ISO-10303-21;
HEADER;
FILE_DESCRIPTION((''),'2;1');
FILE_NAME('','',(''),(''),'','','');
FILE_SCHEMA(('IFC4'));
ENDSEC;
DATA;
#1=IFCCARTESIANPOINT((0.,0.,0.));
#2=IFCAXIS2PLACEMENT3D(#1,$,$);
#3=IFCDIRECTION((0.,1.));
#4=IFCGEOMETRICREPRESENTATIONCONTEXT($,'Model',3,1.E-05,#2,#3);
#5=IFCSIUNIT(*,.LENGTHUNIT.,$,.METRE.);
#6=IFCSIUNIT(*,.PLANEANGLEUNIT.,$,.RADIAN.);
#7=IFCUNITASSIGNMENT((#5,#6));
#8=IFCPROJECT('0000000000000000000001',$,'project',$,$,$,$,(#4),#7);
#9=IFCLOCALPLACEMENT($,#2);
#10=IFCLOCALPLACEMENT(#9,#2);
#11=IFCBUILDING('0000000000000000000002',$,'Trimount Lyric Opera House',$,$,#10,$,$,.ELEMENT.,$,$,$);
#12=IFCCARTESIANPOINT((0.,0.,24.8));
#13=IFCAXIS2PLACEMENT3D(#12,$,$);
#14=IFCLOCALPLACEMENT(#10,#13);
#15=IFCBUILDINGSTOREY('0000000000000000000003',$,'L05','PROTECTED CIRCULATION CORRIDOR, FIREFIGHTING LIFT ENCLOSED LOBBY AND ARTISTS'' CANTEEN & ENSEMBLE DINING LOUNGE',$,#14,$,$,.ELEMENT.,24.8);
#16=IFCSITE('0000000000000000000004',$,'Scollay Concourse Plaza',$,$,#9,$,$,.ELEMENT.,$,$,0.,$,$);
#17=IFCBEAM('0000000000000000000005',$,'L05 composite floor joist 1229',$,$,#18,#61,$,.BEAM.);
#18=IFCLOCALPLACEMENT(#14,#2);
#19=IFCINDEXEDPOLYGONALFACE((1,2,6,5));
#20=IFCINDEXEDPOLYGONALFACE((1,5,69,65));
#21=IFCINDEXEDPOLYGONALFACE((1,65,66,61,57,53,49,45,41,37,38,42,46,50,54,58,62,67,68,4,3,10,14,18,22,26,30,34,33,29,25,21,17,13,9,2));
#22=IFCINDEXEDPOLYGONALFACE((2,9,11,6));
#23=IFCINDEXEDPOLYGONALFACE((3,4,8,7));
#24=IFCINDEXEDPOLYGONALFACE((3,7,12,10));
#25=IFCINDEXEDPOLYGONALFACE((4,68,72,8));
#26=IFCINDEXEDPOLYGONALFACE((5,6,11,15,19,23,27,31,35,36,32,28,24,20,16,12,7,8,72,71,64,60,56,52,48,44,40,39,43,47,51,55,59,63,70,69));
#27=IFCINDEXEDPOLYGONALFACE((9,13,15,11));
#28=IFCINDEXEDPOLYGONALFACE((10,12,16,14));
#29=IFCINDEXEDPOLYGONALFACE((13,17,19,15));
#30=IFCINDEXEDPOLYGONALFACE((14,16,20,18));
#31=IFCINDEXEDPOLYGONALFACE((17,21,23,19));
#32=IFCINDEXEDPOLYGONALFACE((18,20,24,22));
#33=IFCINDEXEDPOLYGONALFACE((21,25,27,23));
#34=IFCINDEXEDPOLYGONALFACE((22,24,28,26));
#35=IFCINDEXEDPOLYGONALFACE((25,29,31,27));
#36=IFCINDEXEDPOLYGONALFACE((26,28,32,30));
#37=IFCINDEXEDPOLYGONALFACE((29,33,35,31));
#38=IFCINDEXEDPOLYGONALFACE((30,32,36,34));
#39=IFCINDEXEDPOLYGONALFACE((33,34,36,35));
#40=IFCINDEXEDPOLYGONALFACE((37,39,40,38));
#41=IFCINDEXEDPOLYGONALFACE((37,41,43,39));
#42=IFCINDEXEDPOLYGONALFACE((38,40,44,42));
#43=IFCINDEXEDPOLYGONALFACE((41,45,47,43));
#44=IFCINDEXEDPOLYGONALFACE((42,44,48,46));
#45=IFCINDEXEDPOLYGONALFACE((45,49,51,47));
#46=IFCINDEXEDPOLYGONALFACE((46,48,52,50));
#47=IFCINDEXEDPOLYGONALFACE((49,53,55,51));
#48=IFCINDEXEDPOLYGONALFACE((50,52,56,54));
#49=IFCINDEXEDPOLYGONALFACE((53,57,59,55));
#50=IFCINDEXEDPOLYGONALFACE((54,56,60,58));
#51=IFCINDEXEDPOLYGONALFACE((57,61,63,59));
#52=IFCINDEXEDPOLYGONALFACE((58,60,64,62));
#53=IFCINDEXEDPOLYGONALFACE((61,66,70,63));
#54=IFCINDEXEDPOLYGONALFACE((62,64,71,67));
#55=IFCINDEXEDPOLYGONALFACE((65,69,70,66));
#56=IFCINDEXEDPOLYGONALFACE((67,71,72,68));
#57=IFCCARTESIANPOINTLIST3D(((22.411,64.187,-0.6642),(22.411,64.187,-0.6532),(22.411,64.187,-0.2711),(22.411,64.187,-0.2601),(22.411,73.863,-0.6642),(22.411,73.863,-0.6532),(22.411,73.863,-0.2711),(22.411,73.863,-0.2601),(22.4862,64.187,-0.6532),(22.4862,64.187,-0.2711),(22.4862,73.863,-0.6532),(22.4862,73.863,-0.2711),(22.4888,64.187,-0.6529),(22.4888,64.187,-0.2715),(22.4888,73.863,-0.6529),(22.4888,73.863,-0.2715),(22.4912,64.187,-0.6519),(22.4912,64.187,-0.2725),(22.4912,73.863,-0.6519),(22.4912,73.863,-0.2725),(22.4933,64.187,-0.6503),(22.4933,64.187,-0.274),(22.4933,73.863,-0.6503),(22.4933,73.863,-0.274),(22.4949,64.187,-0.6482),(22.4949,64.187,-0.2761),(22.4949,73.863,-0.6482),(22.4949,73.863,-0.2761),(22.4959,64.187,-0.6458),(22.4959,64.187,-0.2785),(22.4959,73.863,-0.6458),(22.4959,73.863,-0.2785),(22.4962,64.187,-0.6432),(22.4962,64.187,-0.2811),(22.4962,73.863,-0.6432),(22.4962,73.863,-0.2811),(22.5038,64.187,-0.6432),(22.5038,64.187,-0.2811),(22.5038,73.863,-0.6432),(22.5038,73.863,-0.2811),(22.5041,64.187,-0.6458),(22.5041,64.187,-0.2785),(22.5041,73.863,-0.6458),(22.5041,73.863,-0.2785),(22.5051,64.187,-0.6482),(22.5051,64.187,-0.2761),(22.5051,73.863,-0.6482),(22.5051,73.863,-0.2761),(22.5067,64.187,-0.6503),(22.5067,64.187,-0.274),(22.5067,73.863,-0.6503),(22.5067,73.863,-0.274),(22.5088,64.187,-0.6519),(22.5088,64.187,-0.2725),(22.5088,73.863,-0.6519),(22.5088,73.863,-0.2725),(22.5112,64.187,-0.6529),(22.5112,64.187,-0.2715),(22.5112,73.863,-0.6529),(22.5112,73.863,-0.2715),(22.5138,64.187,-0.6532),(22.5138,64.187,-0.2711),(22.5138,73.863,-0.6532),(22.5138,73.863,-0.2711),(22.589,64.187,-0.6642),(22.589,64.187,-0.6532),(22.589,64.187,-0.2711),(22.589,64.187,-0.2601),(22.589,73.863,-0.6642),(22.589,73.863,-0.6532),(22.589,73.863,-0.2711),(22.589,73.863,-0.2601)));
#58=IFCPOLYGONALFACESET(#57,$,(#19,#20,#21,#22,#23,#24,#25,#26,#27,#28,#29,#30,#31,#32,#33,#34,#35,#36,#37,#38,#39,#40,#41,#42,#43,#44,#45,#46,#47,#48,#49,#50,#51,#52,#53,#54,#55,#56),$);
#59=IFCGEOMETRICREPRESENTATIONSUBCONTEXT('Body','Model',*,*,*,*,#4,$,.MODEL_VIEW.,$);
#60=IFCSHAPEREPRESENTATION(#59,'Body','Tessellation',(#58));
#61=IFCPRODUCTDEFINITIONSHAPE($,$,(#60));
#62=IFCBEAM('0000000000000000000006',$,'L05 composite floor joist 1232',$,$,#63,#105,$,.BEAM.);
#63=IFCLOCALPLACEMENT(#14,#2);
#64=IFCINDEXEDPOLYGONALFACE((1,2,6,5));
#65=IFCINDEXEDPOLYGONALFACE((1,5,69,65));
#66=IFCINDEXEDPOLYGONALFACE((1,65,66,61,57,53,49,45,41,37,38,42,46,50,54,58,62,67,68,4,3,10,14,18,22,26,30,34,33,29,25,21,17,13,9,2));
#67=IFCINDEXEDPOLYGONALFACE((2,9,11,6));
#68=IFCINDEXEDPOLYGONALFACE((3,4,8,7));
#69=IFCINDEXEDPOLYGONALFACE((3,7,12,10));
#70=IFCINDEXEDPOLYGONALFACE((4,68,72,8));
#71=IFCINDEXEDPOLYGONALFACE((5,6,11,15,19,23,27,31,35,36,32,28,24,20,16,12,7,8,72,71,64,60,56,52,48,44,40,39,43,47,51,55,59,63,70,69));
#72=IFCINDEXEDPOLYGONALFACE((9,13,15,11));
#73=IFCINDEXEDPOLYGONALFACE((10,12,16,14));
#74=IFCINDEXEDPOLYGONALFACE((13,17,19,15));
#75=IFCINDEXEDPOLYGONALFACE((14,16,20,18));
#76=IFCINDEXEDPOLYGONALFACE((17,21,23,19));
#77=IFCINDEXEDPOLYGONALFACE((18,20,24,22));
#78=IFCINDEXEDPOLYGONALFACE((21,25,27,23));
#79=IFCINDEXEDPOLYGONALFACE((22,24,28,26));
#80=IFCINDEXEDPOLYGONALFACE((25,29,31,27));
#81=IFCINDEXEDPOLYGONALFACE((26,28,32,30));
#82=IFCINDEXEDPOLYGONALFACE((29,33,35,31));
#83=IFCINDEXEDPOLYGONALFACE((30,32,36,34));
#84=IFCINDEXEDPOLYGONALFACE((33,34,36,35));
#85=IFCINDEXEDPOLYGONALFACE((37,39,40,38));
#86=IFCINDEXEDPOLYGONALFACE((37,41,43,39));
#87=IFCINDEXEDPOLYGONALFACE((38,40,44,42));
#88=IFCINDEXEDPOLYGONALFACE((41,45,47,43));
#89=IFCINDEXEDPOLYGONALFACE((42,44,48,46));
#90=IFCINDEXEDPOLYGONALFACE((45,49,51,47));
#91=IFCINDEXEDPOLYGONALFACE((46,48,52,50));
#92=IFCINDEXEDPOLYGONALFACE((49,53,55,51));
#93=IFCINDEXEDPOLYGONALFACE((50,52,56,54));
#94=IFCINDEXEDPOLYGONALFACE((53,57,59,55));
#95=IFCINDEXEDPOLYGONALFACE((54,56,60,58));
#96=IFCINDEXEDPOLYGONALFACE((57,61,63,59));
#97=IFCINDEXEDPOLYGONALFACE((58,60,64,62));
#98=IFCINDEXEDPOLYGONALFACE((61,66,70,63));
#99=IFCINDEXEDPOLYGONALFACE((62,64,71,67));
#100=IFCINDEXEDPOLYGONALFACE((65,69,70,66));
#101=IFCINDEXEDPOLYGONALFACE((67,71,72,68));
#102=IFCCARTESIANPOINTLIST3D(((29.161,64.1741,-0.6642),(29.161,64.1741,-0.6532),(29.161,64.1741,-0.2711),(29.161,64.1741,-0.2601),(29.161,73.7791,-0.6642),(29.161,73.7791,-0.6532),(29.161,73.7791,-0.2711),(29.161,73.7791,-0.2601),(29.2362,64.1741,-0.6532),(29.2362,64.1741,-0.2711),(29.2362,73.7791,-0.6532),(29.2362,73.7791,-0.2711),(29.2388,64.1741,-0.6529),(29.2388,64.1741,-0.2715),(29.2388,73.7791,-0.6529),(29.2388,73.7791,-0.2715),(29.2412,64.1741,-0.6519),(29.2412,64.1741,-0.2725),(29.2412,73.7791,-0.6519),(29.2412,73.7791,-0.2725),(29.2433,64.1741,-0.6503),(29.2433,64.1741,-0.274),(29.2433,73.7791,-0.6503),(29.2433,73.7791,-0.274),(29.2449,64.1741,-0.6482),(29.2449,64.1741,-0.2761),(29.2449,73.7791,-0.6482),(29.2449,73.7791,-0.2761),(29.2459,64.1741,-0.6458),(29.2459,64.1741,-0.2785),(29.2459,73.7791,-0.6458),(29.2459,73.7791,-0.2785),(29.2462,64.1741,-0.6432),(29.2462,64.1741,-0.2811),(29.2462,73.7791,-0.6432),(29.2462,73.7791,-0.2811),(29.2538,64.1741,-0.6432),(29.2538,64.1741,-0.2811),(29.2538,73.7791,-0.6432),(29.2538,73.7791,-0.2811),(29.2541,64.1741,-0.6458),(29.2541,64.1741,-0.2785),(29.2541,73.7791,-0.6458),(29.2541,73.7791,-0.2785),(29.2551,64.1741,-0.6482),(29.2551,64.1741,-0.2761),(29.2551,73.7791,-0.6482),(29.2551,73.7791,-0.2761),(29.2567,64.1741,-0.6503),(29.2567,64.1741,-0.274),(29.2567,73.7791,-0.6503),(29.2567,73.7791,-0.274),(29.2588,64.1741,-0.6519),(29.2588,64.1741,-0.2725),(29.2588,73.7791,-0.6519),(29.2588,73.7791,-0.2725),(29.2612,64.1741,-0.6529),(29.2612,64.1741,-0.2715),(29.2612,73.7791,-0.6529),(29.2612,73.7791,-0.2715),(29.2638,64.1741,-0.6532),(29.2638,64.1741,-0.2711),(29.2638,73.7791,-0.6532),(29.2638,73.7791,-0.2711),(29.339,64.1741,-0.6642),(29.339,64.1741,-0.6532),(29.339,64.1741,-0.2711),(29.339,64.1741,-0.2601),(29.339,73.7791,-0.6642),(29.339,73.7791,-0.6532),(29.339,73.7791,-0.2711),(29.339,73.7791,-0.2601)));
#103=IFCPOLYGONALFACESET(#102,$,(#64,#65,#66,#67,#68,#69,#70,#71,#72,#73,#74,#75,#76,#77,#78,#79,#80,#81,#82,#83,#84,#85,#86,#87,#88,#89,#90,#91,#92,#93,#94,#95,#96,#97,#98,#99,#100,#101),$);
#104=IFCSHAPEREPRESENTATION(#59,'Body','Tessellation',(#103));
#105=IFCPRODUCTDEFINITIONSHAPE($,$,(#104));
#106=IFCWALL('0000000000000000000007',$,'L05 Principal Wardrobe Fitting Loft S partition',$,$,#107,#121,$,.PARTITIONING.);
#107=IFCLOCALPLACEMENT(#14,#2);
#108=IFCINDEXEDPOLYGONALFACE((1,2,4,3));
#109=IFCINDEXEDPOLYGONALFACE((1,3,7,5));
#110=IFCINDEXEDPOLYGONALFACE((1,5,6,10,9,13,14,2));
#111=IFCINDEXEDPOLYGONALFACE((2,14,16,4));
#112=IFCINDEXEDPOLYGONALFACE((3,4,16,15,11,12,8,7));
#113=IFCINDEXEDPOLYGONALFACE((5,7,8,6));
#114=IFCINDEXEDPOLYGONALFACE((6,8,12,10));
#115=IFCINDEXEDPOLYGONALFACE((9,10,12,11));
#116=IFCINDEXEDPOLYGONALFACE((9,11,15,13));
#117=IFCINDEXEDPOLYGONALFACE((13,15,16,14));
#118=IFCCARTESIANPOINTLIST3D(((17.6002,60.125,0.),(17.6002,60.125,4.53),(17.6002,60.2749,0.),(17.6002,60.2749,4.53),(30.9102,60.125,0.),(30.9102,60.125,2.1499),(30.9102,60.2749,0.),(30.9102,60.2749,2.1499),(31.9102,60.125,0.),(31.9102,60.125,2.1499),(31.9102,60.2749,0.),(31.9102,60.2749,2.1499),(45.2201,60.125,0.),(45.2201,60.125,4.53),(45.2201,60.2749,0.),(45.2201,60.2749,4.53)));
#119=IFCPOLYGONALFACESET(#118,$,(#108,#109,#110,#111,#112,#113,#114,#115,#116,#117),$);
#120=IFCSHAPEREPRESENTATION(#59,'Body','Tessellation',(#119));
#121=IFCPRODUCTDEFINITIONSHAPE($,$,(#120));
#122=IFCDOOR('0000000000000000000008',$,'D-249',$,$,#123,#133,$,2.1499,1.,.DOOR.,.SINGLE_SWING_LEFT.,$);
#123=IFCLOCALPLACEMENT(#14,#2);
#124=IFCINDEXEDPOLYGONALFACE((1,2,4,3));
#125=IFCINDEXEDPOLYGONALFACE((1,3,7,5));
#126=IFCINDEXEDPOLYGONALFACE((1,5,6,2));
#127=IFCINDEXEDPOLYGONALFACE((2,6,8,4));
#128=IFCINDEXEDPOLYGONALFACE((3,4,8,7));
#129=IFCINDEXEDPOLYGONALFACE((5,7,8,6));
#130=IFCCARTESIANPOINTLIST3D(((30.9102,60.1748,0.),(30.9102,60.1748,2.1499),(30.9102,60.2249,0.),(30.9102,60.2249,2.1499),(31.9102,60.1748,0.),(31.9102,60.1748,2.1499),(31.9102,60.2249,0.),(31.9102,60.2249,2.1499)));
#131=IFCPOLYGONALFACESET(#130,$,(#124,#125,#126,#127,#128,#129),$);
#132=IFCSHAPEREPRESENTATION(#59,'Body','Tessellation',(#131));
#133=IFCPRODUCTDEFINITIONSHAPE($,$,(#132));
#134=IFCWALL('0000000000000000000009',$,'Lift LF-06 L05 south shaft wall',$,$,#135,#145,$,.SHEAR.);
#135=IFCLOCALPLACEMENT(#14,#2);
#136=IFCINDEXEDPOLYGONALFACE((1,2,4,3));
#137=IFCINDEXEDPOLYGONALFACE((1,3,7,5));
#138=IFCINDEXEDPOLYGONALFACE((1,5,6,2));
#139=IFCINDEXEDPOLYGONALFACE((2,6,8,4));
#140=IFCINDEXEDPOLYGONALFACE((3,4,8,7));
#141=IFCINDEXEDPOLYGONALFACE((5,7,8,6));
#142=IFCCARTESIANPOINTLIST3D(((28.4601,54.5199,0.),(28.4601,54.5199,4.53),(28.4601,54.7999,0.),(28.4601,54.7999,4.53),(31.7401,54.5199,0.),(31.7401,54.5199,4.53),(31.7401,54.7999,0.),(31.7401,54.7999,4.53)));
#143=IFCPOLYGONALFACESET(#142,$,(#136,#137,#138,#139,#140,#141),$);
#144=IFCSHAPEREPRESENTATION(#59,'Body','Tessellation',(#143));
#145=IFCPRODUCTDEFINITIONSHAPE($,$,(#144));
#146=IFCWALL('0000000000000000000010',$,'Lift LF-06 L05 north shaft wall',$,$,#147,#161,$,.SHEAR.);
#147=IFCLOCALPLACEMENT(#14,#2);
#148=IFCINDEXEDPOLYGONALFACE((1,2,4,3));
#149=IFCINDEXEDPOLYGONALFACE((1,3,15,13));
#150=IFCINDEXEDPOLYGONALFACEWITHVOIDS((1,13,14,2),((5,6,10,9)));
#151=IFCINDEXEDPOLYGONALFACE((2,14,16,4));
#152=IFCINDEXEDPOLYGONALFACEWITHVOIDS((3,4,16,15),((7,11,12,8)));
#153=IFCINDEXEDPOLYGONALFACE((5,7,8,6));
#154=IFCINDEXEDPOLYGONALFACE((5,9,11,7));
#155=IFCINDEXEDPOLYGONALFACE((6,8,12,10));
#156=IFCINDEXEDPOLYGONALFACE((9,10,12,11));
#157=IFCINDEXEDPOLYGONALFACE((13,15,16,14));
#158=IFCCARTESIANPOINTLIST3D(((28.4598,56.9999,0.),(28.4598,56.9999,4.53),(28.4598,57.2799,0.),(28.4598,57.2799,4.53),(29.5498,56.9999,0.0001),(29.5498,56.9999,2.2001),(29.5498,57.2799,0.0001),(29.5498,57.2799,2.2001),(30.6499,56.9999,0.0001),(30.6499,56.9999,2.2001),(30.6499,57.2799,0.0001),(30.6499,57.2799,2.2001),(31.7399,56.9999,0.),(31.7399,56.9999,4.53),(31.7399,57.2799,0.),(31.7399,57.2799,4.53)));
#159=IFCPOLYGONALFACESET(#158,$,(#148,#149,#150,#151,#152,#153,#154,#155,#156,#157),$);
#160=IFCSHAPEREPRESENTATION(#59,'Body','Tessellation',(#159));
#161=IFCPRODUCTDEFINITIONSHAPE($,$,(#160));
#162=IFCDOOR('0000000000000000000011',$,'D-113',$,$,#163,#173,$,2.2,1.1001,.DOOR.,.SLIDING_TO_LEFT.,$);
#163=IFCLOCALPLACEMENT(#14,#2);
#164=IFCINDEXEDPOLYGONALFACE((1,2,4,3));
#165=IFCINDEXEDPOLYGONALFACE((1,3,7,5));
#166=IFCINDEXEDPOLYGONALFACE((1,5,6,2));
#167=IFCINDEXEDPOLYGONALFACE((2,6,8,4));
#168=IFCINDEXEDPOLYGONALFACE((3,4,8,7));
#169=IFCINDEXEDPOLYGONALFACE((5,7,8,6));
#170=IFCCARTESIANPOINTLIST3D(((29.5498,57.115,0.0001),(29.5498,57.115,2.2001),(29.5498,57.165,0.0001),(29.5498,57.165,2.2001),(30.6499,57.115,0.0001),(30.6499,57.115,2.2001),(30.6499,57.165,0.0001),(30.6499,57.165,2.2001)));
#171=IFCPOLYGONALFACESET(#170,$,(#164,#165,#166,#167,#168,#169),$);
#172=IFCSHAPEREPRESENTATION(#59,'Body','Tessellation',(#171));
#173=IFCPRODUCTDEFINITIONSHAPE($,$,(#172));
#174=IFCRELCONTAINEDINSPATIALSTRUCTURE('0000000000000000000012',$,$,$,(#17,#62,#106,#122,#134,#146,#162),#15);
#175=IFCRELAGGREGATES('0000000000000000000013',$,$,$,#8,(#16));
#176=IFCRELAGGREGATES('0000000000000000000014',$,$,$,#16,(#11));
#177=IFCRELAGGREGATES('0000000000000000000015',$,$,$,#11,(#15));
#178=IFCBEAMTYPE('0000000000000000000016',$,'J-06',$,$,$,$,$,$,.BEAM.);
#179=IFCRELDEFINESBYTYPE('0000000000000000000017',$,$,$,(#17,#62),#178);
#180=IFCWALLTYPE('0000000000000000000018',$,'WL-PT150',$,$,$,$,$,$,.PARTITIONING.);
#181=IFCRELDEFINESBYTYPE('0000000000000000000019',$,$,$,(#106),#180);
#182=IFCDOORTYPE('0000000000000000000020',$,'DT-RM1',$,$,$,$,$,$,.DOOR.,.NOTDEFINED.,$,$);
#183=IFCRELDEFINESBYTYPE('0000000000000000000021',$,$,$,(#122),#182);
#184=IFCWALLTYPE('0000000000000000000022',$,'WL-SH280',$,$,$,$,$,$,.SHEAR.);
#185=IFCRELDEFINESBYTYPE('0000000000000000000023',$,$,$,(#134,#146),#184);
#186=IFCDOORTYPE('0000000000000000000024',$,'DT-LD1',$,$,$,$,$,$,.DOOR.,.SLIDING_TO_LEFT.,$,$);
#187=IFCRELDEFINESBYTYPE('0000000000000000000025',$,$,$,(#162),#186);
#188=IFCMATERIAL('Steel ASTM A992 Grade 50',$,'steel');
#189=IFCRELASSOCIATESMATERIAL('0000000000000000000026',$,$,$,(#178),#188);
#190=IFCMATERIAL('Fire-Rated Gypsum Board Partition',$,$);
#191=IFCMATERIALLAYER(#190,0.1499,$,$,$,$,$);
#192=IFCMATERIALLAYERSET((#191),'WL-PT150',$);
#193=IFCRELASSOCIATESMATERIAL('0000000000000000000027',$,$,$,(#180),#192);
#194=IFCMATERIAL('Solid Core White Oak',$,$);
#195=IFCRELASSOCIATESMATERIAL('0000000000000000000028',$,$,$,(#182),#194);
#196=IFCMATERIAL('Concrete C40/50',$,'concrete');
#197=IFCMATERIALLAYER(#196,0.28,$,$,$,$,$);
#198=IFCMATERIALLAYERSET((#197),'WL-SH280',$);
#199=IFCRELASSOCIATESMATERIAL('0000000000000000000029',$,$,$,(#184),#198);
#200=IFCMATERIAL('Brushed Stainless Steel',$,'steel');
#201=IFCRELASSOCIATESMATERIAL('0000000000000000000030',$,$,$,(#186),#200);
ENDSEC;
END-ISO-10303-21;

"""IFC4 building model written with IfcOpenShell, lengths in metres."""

from ifc_helpers import new_model, si_unit, direction, frame, frame_2d, origin, origin_2d, place, context, subcontext, project, spatial, rectangle, i_section, extrude, material, layer, layer_set, material_profile, profile_set, type_object, element, fill, save


model = new_model("IFC4")

# Units and contexts
model_context = context("Model", 3, precision=1e-05, world=origin(), true_north=direction((0.0, 1.0)))
body_context = subcontext(model_context, "Body", "Model", "MODEL_VIEW")
ifc_project = project(units=[si_unit("LENGTHUNIT", "METRE"), si_unit("PLANEANGLEUNIT", "RADIAN")], contexts=[model_context])

# Site, building, storey
site_placement = place(None, origin())
site = spatial("IfcSite", under=ifc_project, at=site_placement, Name="Scollay Concourse Plaza", CompositionType="ELEMENT", RefElevation=0.0)
building_placement = place(site_placement, origin())
building = spatial("IfcBuilding", under=site, at=building_placement, Name="Trimount Lyric Opera House", CompositionType="ELEMENT")
storey_placement = place(building_placement, frame((0.0, 0.0, 24.8)))
storey = spatial("IfcBuildingStorey", under=building, at=storey_placement, Name="L05", Description="PROTECTED CIRCULATION CORRIDOR, FIREFIGHTING LIFT ENCLOSED LOBBY AND ARTISTS' CANTEEN & ENSEMBLE DINING LOUNGE", CompositionType="ELEMENT", Elevation=24.8)

# Beams
ifc_material_1 = material(Name="Steel ASTM A992 Grade 50", Category="steel")
ifc_material_profile_1 = material_profile(ifc_material_1, i_section(OverallWidth=0.178, OverallDepth=0.4041, WebThickness=0.0076, FlangeThickness=0.011, FilletRadius=0.01, at=origin_2d()), Name="W16X36")
ifc_profile_set_1 = profile_set([ifc_material_profile_1], Name="Steel ASTM A992 Grade 50")
beam_type_1 = type_object("IfcBeamType", Name="J-06", PredefinedType="BEAM", material=ifc_profile_set_1)
beam_1_placement = place(storey_placement, frame((22.5, 64.187, -0.4622), z_axis=(0.0, 1.0, 0.0), x_axis=(-1.0, 0.0, 0.0)))
element("IfcBeam", 1, at=beam_1_placement, inside=storey, type_object=beam_type_1, Name="L05 composite floor joist 1229", PredefinedType="BEAM", context=body_context, shape_type="SweptSolid", body=[
    extrude(i_section(OverallWidth=0.178, OverallDepth=0.4041, WebThickness=0.0076, FlangeThickness=0.011, FilletRadius=0.01, at=origin_2d()), origin(), (0.0, 0.0, 1.0), 9.676),
])
beam_2_placement = place(storey_placement, frame((29.25, 64.1741, -0.4622), z_axis=(0.0, 1.0, 0.0), x_axis=(-1.0, 0.0, 0.0)))
element("IfcBeam", 2, at=beam_2_placement, inside=storey, type_object=beam_type_1, Name="L05 composite floor joist 1232", PredefinedType="BEAM", context=body_context, shape_type="SweptSolid", body=[
    extrude(i_section(OverallWidth=0.178, OverallDepth=0.4041, WebThickness=0.0076, FlangeThickness=0.011, FilletRadius=0.01, at=origin_2d()), origin(), (0.0, 0.0, 1.0), 9.605),
])

# Wall, opening, door
ifc_material_2 = material(Name="Fire-Rated Gypsum Board Partition")
ifc_layer_1 = layer(ifc_material_2, 0.1499)
ifc_layer_set_1 = layer_set([ifc_layer_1], Name="WL-PT150")
wall_type_1 = type_object("IfcWallType", Name="WL-PT150", PredefinedType="PARTITIONING", material=ifc_layer_set_1)
wall_1_placement = place(storey_placement, frame((17.6001, 60.2, 0.0), z_axis=(0.0, 0.0, 1.0), x_axis=(1.0, 0.0, 0.0)))
wall_1 = element("IfcWall", 3, at=wall_1_placement, inside=storey, type_object=wall_type_1, Name="L05 Principal Wardrobe Fitting Loft S partition", PredefinedType="PARTITIONING", context=body_context, shape_type="SweptSolid", body=[
    extrude(rectangle(XDim=27.6199, YDim=0.1499, at=frame_2d((13.8101, 0.0))), origin(), (0.0, 0.0, 1.0), 4.53),
])
opening_1_placement = place(wall_1_placement, frame((13.3101, 0.0, 0.0)))
opening_1 = element("IfcOpeningElement", 4, at=opening_1_placement, cuts=wall_1, PredefinedType="OPENING", context=body_context, shape_type="SweptSolid", body=[
    extrude(rectangle(XDim=1.0, YDim=2.1499, at=frame_2d((0.5, 1.075))), frame((0.0, 0.085, 0.0), z_axis=(0.0, -1.0, 0.0), x_axis=(1.0, 0.0, 0.0)), (0.0, 0.0, 1.0), 0.1699),
])
ifc_material_3 = material(Name="Solid Core White Oak")
door_type_1 = type_object("IfcDoorType", Name="DT-RM1", OperationType="NOTDEFINED", PredefinedType="DOOR", material=ifc_material_3)
door_1_placement = place(opening_1_placement, origin())
door_1 = element("IfcDoor", 5, at=door_1_placement, inside=storey, type_object=door_type_1, Name="D-249", OperationType="SINGLE_SWING_LEFT", OverallHeight=2.1499, OverallWidth=1.0, PredefinedType="DOOR", context=body_context, shape_type="SweptSolid", body=[
    extrude(rectangle(XDim=1.0, YDim=2.1499, at=frame_2d((0.5, 1.075))), frame((0.0, 0.0249, 0.0), z_axis=(0.0, -1.0, 0.0), x_axis=(1.0, 0.0, 0.0)), (0.0, 0.0, 1.0), 0.05),
])
fill(opening_1, door_1)

# Wall
ifc_material_4 = material(Name="Concrete C40/50", Category="concrete")
ifc_layer_2 = layer(ifc_material_4, 0.28)
ifc_layer_set_2 = layer_set([ifc_layer_2], Name="WL-SH280")
wall_type_2 = type_object("IfcWallType", Name="WL-SH280", PredefinedType="SHEAR", material=ifc_layer_set_2)
wall_2_placement = place(storey_placement, frame((28.46, 54.6599, 0.0), z_axis=(0.0, 0.0, 1.0), x_axis=(1.0, 0.0, 0.0)))
element("IfcWall", 6, at=wall_2_placement, inside=storey, type_object=wall_type_2, Name="Lift LF-06 L05 south shaft wall", PredefinedType="SHEAR", context=body_context, shape_type="SweptSolid", body=[
    extrude(rectangle(XDim=3.28, YDim=0.28, at=frame_2d((1.6401, 0.0))), origin(), (0.0, 0.0, 1.0), 4.53),
])

# Wall, opening, door
wall_3_placement = place(storey_placement, frame((31.74, 57.1399, 0.0), z_axis=(0.0, 0.0, 1.0), x_axis=(-1.0, 0.0, 0.0)))
wall_3 = element("IfcWall", 7, at=wall_3_placement, inside=storey, type_object=wall_type_2, Name="Lift LF-06 L05 north shaft wall", PredefinedType="SHEAR", context=body_context, shape_type="SweptSolid", body=[
    extrude(rectangle(XDim=3.28, YDim=0.28, at=frame_2d((1.6401, 0.0))), origin(), (0.0, 0.0, 1.0), 4.53),
])
opening_2_placement = place(wall_3_placement, frame((1.0901, 0.0, 0.0)))
opening_2 = element("IfcOpeningElement", 8, at=opening_2_placement, cuts=wall_3, PredefinedType="OPENING", context=body_context, shape_type="SweptSolid", body=[
    extrude(rectangle(XDim=1.1001, YDim=2.2, at=frame_2d((0.55, 1.1001))), frame((0.0, 0.1499, 0.0), z_axis=(0.0, -1.0, 0.0), x_axis=(1.0, 0.0, 0.0)), (0.0, 0.0, 1.0), 0.3),
])
ifc_material_5 = material(Name="Brushed Stainless Steel", Category="steel")
door_type_2 = type_object("IfcDoorType", Name="DT-LD1", OperationType="SLIDING_TO_LEFT", PredefinedType="DOOR", material=ifc_material_5)
door_2_placement = place(opening_2_placement, origin())
door_2 = element("IfcDoor", 9, at=door_2_placement, inside=storey, type_object=door_type_2, Name="D-113", OperationType="SLIDING_TO_LEFT", OverallHeight=2.2, OverallWidth=1.1001, PredefinedType="DOOR", context=body_context, shape_type="SweptSolid", body=[
    extrude(rectangle(XDim=1.1001, YDim=2.2, at=frame_2d((0.55, 1.1001))), frame((0.0, 0.0249, 0.0), z_axis=(0.0, -1.0, 0.0), x_axis=(1.0, 0.0, 0.0)), (0.0, 0.0, 1.0), 0.05),
])
fill(opening_2, door_2)

save(model, "model.ifc")
